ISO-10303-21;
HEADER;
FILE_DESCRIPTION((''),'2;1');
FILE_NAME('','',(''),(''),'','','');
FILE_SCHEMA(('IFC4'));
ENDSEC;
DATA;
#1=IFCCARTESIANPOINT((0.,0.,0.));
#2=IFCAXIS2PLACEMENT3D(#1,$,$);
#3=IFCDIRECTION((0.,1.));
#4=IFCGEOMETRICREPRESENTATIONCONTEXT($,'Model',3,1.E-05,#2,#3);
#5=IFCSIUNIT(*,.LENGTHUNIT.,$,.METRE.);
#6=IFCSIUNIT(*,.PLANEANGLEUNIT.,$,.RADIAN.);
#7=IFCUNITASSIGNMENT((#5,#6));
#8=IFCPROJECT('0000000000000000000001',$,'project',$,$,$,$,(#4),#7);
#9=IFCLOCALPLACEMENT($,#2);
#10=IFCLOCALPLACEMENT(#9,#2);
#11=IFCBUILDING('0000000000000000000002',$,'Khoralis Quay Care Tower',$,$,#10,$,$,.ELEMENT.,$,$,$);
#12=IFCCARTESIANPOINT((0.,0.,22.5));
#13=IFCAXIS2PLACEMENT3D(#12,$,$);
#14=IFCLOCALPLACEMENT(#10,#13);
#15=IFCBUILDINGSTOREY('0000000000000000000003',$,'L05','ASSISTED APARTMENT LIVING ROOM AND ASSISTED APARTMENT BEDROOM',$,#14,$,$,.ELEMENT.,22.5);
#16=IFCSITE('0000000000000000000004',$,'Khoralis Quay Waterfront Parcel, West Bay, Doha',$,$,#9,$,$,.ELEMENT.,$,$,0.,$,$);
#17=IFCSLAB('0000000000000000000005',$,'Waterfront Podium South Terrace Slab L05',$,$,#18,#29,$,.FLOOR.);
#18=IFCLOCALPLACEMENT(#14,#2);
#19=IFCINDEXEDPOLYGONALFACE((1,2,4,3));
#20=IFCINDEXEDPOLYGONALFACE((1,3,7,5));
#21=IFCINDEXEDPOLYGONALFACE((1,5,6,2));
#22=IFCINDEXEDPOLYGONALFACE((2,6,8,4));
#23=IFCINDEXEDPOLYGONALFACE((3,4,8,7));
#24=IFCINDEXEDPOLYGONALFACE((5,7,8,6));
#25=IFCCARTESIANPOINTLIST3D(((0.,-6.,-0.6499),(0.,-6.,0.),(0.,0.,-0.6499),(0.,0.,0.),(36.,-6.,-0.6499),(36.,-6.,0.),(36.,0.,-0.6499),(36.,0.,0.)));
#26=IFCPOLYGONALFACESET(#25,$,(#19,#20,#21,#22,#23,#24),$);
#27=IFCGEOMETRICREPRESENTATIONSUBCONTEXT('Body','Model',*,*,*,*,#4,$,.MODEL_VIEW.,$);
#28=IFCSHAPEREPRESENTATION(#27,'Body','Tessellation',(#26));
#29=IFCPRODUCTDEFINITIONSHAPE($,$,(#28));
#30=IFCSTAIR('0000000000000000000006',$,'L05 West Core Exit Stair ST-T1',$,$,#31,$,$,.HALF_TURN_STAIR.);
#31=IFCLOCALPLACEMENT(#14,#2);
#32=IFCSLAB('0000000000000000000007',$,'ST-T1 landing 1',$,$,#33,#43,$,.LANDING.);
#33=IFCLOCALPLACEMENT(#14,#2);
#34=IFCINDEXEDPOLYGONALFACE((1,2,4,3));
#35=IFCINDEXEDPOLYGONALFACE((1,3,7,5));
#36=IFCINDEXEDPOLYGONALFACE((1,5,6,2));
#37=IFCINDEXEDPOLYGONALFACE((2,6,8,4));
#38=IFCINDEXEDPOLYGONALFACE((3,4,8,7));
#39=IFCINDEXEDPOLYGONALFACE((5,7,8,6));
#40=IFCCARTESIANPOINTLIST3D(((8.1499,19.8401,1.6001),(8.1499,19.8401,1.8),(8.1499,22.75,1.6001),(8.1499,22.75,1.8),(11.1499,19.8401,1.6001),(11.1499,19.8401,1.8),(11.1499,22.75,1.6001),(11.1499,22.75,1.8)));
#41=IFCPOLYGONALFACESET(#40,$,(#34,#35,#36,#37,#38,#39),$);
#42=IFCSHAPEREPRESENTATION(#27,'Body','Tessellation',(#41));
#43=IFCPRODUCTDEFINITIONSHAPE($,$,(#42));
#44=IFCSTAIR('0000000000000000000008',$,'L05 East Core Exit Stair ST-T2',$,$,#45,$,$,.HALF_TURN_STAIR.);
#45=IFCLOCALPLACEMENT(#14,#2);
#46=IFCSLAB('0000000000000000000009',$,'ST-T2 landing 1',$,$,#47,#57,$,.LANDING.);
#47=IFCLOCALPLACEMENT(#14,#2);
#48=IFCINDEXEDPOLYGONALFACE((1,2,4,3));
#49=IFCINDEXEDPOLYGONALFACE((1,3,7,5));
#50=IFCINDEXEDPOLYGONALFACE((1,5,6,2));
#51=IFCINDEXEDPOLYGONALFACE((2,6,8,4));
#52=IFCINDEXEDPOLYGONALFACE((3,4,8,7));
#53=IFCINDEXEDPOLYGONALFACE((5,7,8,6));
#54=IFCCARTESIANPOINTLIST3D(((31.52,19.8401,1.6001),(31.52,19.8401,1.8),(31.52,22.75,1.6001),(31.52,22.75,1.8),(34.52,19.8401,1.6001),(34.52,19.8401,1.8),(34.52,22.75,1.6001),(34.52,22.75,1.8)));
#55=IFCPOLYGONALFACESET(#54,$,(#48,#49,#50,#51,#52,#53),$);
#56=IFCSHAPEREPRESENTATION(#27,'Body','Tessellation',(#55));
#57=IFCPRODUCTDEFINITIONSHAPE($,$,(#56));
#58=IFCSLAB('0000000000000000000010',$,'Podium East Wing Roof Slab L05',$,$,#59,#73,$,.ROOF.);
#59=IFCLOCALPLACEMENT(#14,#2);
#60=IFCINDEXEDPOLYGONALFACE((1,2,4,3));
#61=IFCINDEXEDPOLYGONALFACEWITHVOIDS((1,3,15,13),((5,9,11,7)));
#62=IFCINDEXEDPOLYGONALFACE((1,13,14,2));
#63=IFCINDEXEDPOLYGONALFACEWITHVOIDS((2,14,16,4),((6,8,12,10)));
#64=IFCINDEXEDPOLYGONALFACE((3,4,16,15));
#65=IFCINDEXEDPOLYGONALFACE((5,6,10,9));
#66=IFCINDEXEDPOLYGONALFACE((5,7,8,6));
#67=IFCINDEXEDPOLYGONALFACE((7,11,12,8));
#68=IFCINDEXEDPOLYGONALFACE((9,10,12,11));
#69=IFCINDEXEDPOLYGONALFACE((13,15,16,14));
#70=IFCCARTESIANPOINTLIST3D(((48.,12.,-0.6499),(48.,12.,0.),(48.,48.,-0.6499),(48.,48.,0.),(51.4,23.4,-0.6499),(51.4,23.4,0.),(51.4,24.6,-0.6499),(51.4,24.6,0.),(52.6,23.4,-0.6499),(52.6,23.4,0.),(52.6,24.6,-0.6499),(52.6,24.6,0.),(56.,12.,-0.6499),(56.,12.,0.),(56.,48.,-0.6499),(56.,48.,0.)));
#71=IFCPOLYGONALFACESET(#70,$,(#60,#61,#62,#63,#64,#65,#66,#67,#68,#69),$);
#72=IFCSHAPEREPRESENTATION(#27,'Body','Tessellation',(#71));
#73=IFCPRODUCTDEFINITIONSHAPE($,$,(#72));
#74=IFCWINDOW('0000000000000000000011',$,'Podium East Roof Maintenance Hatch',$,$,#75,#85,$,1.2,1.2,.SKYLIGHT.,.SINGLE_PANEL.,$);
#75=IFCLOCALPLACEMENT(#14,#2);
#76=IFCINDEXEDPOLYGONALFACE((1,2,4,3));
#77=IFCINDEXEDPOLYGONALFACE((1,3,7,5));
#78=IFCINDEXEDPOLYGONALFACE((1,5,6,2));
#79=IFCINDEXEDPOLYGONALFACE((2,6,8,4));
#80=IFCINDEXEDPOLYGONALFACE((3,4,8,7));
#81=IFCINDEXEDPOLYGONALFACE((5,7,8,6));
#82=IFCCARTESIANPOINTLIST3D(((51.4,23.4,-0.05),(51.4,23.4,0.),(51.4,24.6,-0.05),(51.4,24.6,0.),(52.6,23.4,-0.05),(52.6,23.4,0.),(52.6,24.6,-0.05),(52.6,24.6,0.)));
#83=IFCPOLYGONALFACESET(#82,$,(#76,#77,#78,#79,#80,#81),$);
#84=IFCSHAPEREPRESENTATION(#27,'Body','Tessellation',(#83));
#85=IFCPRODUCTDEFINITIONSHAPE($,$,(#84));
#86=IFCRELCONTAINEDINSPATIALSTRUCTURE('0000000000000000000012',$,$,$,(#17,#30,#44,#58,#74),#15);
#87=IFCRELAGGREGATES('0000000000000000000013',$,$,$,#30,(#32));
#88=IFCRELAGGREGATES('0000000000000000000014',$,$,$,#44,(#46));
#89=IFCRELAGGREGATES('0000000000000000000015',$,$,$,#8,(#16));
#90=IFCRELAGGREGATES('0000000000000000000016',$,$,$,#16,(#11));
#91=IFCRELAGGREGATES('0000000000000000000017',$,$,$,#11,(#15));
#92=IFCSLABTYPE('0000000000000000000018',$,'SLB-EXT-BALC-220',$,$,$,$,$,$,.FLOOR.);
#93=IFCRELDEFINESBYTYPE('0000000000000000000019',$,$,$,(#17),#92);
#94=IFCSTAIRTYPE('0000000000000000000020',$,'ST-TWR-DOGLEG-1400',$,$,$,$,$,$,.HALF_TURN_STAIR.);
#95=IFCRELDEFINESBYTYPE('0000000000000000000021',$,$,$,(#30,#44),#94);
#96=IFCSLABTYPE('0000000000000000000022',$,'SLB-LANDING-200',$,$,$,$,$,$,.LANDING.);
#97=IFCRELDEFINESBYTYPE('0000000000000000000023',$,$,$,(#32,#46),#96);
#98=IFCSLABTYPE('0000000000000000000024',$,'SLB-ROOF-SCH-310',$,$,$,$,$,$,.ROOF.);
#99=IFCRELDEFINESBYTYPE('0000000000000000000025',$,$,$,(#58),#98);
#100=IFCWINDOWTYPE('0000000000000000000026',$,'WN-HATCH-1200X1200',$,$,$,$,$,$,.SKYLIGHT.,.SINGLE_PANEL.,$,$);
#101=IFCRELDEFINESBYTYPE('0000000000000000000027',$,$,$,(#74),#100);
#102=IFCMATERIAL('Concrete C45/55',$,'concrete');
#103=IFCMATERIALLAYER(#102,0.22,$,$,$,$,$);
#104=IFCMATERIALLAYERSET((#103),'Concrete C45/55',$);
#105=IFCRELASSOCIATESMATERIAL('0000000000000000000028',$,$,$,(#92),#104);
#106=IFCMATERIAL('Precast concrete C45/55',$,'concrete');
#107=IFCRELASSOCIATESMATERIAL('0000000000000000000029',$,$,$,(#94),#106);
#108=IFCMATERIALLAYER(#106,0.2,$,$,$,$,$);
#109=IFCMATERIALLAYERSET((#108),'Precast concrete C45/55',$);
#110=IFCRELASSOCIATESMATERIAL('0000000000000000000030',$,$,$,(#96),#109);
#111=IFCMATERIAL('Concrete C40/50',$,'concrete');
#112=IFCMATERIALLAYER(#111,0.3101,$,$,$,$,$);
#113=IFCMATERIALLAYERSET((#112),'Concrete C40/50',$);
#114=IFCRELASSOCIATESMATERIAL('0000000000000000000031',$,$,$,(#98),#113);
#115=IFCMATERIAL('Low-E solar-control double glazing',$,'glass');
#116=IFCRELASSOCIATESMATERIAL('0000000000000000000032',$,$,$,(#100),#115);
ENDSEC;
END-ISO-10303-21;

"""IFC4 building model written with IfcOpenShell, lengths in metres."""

from ifc_helpers import new_model, si_unit, direction, frame, origin, origin_2d, place, context, subcontext, project, spatial, polyline, rectangle, outline, extrude, material, layer, layer_set, type_object, element, fill, aggregate, save


model = new_model("IFC4")

# Units and contexts
model_context = context("Model", 3, precision=1e-05, world=origin(), true_north=direction((0.0, 1.0)))
body_context = subcontext(model_context, "Body", "Model", "MODEL_VIEW")
ifc_project = project(units=[si_unit("LENGTHUNIT", "METRE"), si_unit("PLANEANGLEUNIT", "RADIAN")], contexts=[model_context])

# Site, building, storey
site_placement = place(None, origin())
site = spatial("IfcSite", under=ifc_project, at=site_placement, Name="Khoralis Quay Waterfront Parcel, West Bay, Doha", CompositionType="ELEMENT", RefElevation=0.0)
building_placement = place(site_placement, origin())
building = spatial("IfcBuilding", under=site, at=building_placement, Name="Khoralis Quay Care Tower", CompositionType="ELEMENT")
storey_placement = place(building_placement, frame((0.0, 0.0, 22.5)))
storey = spatial("IfcBuildingStorey", under=building, at=storey_placement, Name="L05", Description="ASSISTED APARTMENT LIVING ROOM AND ASSISTED APARTMENT BEDROOM", CompositionType="ELEMENT", Elevation=22.5)

# Slab
ifc_material_1 = material(Name="Concrete C45/55", Category="concrete")
ifc_layer_1 = layer(ifc_material_1, 0.22)
ifc_layer_set_1 = layer_set([ifc_layer_1], Name="Concrete C45/55")
slab_type_1 = type_object("IfcSlabType", Name="SLB-EXT-BALC-220", PredefinedType="FLOOR", material=ifc_layer_set_1)
slab_1_placement = place(storey_placement, frame((0.0, 0.0, -0.6499)))
element("IfcSlab", 1, at=slab_1_placement, inside=storey, type_object=slab_type_1, Name="Waterfront Podium South Terrace Slab L05", PredefinedType="FLOOR", context=body_context, shape_type="SweptSolid", body=[
    extrude(outline(polyline([(0.0, -6.0), (36.0, -6.0), (36.0, 0.0), (0.0, 0.0), (0.0, -6.0)])), origin(), (0.0, 0.0, 1.0), 0.6499),
])

# Stairs, slabs
ifc_material_2 = material(Name="Precast concrete C45/55", Category="concrete")
stair_type = type_object("IfcStairType", Name="ST-TWR-DOGLEG-1400", PredefinedType="HALF_TURN_STAIR", material=ifc_material_2)
stair_1_placement = place(storey_placement, origin())
stair_1 = element("IfcStair", 2, at=stair_1_placement, inside=storey, type_object=stair_type, Name="L05 West Core Exit Stair ST-T1", PredefinedType="HALF_TURN_STAIR")
ifc_layer_2 = layer(ifc_material_2, 0.2)
ifc_layer_set_2 = layer_set([ifc_layer_2], Name="Precast concrete C45/55")
slab_type_2 = type_object("IfcSlabType", Name="SLB-LANDING-200", PredefinedType="LANDING", material=ifc_layer_set_2)
slab_2_placement = place(storey_placement, frame((0.0, 0.0, 1.6001)))
slab_2 = element("IfcSlab", 3, at=slab_2_placement, type_object=slab_type_2, Name="ST-T1 landing 1", PredefinedType="LANDING", context=body_context, shape_type="SweptSolid", body=[
    extrude(outline(polyline([(11.1499, 19.8401), (11.1499, 22.75), (8.1499, 22.75), (8.1499, 19.8401), (11.1499, 19.8401)])), origin(), (0.0, 0.0, 1.0), 0.2),
])
aggregate(stair_1, [slab_2])
stair_2_placement = place(storey_placement, origin())
stair_2 = element("IfcStair", 4, at=stair_2_placement, inside=storey, type_object=stair_type, Name="L05 East Core Exit Stair ST-T2", PredefinedType="HALF_TURN_STAIR")
slab_3_placement = place(storey_placement, frame((0.0, 0.0, 1.6001)))
slab_3 = element("IfcSlab", 5, at=slab_3_placement, type_object=slab_type_2, Name="ST-T2 landing 1", PredefinedType="LANDING", context=body_context, shape_type="SweptSolid", body=[
    extrude(outline(polyline([(34.52, 19.8401), (34.52, 22.75), (31.52, 22.75), (31.52, 19.8401), (34.52, 19.8401)])), origin(), (0.0, 0.0, 1.0), 0.2),
])
aggregate(stair_2, [slab_3])

# Slab, opening, window
ifc_material_3 = material(Name="Concrete C40/50", Category="concrete")
ifc_layer_3 = layer(ifc_material_3, 0.3101)
ifc_layer_set_3 = layer_set([ifc_layer_3], Name="Concrete C40/50")
slab_type_3 = type_object("IfcSlabType", Name="SLB-ROOF-SCH-310", PredefinedType="ROOF", material=ifc_layer_set_3)
slab_4_placement = place(storey_placement, frame((0.0, 0.0, -0.6499)))
slab_4 = element("IfcSlab", 6, at=slab_4_placement, inside=storey, type_object=slab_type_3, Name="Podium East Wing Roof Slab L05", PredefinedType="ROOF", context=body_context, shape_type="SweptSolid", body=[
    extrude(outline(polyline([(48.0, 12.0), (56.0, 12.0), (56.0, 48.0), (48.0, 48.0), (48.0, 12.0)])), origin(), (0.0, 0.0, 1.0), 0.6499),
])
opening_1_placement = place(slab_4_placement, frame((52.0, 24.0, -0.01)))
opening_1 = element("IfcOpeningElement", 7, at=opening_1_placement, cuts=slab_4, PredefinedType="OPENING", context=body_context, shape_type="SweptSolid", body=[
    extrude(rectangle(XDim=1.2, YDim=1.2, at=origin_2d()), origin(), (0.0, 0.0, 1.0), 0.6699),
])
ifc_material_4 = material(Name="Low-E solar-control double glazing", Category="glass")
window_type_1 = type_object("IfcWindowType", Name="WN-HATCH-1200X1200", PartitioningType="SINGLE_PANEL", PredefinedType="SKYLIGHT", material=ifc_material_4)
window_1_placement = place(slab_4_placement, frame((52.0, 24.0, 0.5999)))
window_1 = element("IfcWindow", 8, at=window_1_placement, inside=storey, type_object=window_type_1, Name="Podium East Roof Maintenance Hatch", OverallHeight=1.2, OverallWidth=1.2, PartitioningType="SINGLE_PANEL", PredefinedType="SKYLIGHT", context=body_context, shape_type="SweptSolid", body=[
    extrude(rectangle(XDim=1.2, YDim=1.2, at=origin_2d()), origin(), (0.0, 0.0, 1.0), 0.05),
])
fill(opening_1, window_1)

save(model, "model.ifc")
